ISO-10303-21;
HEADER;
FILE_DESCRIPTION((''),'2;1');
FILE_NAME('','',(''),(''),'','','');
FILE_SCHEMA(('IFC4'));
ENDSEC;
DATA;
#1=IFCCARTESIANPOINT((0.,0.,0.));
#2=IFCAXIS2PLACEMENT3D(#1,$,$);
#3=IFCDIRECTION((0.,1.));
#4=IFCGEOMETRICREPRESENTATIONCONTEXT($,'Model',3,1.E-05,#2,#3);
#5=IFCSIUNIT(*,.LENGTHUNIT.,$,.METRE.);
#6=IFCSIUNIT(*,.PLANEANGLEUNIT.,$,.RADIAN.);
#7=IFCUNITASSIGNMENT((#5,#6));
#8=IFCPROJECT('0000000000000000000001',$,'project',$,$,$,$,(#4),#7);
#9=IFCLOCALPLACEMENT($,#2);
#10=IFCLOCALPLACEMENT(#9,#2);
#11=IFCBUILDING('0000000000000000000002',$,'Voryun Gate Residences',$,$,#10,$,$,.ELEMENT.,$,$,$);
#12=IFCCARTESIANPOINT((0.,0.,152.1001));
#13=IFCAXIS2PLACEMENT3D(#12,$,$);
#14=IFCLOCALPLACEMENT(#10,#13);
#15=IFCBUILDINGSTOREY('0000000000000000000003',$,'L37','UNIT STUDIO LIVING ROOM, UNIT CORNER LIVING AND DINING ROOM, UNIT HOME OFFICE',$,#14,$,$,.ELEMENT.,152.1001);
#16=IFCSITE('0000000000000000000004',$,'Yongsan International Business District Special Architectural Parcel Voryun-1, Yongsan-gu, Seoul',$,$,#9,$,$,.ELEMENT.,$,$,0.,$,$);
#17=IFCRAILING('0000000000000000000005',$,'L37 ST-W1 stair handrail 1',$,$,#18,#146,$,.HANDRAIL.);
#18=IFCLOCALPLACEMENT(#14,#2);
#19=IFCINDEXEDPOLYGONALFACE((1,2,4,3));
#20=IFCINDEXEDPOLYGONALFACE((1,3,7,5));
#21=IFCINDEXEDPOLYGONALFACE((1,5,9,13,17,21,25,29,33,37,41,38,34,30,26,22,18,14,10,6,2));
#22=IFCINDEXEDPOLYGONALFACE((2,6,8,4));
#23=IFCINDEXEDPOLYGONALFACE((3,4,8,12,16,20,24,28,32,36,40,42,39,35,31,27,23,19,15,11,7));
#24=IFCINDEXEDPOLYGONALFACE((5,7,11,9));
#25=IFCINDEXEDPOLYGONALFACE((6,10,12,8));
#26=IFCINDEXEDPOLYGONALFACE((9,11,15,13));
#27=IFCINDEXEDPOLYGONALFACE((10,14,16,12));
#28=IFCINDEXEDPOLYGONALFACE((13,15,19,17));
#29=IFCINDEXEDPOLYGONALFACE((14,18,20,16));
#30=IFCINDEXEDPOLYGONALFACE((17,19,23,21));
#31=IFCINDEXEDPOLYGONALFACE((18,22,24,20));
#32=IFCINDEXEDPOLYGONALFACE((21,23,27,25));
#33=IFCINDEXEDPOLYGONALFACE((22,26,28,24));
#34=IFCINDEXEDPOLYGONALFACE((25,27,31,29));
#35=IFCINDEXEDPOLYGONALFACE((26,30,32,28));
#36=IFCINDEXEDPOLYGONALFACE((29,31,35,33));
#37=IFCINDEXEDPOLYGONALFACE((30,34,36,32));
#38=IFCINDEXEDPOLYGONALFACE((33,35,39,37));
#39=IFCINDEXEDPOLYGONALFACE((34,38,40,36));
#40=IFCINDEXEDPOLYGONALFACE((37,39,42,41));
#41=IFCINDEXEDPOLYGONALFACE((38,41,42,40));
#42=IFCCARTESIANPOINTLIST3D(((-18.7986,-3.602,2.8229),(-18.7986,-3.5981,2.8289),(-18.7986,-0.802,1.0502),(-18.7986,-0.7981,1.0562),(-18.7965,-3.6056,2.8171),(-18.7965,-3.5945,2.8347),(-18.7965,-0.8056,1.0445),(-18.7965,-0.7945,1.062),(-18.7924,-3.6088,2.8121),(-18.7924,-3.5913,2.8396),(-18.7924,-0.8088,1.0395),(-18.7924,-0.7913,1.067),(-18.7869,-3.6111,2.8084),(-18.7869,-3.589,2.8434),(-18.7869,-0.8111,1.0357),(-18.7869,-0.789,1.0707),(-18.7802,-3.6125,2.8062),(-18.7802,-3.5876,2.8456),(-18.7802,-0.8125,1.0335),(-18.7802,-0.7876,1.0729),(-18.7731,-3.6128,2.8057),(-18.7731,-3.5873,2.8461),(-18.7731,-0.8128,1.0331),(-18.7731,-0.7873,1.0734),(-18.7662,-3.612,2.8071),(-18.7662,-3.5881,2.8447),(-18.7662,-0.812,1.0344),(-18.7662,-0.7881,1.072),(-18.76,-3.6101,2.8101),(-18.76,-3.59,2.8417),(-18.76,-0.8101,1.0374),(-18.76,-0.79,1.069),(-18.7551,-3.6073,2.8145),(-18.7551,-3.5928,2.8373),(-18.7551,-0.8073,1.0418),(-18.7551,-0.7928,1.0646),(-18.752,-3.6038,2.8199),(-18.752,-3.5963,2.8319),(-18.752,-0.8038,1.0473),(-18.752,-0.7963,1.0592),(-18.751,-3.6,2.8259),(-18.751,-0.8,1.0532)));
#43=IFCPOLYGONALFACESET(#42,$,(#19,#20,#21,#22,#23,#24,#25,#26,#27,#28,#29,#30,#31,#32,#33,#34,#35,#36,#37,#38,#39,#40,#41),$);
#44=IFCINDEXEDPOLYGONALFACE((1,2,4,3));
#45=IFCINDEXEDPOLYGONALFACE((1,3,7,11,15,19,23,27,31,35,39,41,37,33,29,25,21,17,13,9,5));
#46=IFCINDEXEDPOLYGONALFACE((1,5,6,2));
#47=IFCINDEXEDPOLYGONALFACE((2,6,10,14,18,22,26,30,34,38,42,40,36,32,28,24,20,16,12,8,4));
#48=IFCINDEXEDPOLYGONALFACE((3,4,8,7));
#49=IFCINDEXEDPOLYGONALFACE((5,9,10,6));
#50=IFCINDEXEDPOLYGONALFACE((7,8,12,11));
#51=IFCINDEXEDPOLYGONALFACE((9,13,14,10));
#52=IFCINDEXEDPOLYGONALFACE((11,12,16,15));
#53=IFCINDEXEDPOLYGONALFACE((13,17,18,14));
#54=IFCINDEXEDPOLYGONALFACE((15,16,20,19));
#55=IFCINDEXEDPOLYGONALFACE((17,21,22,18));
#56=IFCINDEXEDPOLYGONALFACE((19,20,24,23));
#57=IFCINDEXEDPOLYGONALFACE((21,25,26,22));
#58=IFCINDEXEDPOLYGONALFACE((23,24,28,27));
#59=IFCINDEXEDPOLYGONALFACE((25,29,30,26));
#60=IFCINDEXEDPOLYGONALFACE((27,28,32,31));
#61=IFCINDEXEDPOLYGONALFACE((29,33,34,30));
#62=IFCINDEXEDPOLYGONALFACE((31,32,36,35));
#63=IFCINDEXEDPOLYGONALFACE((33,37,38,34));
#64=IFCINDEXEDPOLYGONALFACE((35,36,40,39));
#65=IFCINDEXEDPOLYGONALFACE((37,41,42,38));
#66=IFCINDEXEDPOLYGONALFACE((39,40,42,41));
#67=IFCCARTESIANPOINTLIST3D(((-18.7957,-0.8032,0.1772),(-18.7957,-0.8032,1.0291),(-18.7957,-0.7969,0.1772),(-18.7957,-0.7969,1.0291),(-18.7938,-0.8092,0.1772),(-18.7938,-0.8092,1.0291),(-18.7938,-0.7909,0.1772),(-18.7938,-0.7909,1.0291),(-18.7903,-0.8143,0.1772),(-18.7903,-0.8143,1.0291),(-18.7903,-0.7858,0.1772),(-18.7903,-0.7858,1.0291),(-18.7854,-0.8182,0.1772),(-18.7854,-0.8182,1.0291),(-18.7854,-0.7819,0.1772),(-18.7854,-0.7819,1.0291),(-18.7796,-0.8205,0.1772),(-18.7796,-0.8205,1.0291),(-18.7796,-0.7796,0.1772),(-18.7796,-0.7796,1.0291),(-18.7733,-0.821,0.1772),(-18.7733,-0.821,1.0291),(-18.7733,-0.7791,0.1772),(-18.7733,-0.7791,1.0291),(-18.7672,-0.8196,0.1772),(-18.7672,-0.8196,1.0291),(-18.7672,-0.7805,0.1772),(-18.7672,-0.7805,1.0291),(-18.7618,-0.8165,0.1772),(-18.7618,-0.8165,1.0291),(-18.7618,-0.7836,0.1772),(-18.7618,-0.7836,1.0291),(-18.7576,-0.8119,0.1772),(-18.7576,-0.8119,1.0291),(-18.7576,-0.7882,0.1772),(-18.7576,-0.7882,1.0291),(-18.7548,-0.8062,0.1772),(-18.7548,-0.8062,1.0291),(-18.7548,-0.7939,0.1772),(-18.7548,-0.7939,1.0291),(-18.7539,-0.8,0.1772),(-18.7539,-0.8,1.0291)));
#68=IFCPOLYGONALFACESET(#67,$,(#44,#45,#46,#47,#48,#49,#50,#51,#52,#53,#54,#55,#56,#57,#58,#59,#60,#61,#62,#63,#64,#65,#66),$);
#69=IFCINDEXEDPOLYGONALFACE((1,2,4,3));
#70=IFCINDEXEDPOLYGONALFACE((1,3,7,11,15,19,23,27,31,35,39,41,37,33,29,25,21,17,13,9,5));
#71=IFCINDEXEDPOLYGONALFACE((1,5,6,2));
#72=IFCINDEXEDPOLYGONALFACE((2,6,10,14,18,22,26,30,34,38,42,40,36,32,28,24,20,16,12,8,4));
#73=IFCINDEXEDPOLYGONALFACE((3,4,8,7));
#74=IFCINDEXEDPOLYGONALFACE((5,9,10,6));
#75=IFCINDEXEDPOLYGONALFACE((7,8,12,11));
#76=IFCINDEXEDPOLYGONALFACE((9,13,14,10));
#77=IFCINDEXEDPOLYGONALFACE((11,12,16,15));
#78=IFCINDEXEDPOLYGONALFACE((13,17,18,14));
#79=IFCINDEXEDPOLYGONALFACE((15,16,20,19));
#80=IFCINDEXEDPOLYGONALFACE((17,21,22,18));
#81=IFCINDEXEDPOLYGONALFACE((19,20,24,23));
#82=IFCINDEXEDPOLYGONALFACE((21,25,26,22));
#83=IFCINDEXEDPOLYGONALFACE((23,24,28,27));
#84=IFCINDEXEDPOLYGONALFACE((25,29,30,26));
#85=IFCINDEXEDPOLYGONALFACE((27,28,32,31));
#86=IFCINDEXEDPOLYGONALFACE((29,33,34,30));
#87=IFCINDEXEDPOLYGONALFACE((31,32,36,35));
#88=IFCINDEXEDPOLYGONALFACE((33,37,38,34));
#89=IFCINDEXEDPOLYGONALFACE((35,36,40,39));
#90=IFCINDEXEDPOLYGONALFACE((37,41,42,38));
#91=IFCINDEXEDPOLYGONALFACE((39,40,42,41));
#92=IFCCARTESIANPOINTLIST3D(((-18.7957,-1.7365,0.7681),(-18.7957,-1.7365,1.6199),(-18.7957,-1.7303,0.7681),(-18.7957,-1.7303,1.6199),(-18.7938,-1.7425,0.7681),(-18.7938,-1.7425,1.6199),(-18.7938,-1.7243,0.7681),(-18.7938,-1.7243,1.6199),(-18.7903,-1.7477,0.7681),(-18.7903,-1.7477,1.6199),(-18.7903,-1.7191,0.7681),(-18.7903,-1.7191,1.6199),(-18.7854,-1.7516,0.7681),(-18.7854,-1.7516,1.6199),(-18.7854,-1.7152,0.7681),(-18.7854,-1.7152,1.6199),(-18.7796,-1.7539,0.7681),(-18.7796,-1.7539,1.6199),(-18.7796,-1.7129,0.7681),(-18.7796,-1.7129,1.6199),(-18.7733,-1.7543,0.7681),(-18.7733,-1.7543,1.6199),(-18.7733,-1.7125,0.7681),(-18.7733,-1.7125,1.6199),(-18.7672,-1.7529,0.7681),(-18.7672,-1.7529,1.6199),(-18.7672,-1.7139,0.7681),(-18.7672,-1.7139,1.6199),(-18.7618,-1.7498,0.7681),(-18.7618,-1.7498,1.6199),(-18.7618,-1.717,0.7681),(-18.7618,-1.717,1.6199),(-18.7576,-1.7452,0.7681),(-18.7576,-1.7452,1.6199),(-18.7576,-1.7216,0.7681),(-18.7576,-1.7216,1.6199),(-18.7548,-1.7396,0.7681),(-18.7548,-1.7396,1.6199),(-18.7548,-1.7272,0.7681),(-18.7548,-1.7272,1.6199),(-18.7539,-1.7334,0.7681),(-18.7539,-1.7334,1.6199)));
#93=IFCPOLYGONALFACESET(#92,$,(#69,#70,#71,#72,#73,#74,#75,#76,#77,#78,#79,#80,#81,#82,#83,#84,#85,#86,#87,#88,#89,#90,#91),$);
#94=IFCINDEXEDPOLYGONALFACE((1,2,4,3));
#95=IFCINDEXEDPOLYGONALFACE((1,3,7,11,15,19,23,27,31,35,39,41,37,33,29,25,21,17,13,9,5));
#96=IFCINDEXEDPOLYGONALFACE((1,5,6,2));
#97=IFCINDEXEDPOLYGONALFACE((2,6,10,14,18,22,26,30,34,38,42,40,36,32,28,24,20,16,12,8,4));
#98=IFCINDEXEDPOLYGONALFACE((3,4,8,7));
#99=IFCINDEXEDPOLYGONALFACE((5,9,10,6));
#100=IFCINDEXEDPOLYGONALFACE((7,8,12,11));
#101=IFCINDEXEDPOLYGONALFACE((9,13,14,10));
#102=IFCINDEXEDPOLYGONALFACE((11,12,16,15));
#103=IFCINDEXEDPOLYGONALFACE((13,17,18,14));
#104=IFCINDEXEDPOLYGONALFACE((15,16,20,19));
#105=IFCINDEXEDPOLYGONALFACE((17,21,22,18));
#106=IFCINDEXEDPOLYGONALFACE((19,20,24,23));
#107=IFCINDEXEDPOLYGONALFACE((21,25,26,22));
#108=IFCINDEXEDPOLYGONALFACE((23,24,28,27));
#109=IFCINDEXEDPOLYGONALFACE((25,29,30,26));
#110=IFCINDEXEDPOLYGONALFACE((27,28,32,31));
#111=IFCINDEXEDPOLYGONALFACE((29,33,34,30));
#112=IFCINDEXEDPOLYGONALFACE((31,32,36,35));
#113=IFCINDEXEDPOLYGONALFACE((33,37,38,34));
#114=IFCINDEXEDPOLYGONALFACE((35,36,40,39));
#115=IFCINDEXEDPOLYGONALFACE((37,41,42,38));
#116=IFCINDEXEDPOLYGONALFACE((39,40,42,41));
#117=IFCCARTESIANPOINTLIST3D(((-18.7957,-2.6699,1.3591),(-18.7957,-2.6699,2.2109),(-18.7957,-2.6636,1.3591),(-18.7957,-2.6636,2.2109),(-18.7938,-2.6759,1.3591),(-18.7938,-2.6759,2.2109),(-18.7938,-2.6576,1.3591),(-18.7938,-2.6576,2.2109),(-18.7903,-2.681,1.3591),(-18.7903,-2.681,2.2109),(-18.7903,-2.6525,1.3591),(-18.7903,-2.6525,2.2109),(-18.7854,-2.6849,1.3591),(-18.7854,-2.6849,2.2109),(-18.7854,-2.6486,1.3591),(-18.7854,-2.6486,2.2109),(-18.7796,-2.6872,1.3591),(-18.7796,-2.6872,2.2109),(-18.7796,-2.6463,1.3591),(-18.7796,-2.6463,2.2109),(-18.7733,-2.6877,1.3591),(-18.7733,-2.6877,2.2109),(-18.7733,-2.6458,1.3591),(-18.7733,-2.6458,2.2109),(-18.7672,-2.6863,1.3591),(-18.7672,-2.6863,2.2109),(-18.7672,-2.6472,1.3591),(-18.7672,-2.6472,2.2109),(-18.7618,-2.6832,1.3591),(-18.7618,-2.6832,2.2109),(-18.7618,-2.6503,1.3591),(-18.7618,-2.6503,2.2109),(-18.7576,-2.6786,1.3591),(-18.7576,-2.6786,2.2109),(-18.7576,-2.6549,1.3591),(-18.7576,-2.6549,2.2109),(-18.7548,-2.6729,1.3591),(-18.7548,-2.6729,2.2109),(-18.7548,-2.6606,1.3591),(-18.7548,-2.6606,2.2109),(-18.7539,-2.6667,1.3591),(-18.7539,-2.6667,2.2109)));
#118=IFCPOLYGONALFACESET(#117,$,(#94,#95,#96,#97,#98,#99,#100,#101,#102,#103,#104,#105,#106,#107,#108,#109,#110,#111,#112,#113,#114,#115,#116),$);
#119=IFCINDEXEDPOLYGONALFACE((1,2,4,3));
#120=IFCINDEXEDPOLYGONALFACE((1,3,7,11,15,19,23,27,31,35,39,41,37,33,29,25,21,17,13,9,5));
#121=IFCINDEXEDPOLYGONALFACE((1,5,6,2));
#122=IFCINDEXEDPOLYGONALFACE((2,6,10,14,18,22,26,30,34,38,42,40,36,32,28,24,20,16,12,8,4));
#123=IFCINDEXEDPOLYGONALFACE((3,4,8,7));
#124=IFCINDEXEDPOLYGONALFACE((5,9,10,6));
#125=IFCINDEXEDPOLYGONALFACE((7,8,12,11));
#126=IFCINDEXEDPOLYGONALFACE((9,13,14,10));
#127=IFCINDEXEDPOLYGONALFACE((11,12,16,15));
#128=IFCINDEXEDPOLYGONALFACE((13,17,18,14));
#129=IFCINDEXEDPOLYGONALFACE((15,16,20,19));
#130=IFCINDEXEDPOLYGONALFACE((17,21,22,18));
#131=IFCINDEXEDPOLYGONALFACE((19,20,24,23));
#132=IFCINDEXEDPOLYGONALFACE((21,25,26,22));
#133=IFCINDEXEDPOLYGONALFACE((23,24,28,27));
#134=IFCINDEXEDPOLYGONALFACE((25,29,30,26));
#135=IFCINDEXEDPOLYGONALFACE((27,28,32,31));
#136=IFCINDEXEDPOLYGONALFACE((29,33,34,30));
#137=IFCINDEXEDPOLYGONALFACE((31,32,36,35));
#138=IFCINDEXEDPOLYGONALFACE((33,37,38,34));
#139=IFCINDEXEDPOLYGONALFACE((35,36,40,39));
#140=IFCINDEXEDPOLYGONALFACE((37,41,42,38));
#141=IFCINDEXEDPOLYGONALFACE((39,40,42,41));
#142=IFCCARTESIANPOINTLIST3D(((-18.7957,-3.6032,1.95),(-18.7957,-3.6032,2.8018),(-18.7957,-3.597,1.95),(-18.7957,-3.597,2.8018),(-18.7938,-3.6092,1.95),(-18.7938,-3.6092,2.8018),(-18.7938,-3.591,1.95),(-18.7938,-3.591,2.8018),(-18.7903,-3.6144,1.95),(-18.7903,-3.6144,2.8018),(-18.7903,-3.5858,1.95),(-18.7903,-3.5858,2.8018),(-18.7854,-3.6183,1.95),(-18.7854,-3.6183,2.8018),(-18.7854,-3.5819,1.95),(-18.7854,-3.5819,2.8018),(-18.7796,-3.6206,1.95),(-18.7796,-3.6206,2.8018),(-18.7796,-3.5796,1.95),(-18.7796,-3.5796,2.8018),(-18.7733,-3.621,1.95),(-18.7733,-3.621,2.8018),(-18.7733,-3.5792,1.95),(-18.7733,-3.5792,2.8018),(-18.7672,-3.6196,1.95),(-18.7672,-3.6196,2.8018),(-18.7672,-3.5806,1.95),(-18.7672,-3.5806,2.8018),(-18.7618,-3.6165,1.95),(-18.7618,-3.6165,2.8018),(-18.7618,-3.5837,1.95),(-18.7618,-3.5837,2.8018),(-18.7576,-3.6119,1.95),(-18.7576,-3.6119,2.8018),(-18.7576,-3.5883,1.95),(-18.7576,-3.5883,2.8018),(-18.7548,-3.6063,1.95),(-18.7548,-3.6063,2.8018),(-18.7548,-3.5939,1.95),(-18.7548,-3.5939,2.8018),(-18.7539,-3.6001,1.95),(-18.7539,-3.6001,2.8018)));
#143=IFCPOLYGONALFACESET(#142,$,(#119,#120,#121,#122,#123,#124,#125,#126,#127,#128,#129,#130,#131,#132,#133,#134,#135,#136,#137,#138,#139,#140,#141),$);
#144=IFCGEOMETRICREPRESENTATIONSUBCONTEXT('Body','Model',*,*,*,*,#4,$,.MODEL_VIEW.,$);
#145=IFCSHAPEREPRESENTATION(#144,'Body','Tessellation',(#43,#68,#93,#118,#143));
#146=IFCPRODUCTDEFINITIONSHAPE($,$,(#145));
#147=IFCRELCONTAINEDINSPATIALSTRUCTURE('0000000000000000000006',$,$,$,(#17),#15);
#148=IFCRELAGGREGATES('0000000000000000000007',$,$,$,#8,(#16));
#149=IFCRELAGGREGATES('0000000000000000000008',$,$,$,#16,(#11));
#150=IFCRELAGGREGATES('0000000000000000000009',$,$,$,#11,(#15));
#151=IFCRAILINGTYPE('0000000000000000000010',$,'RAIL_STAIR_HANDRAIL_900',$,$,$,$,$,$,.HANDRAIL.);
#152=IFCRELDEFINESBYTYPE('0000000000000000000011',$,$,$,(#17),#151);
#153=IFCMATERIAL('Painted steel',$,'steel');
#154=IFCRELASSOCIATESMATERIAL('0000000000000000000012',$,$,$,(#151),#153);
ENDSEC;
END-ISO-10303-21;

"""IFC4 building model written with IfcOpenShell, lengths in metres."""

from ifc_helpers import new_model, si_unit, direction, frame, origin, origin_2d, place, context, subcontext, project, spatial, circle, extrude, material, type_object, element, save


model = new_model("IFC4")

# Units and contexts
model_context = context("Model", 3, precision=1e-05, world=origin(), true_north=direction((0.0, 1.0)))
body_context = subcontext(model_context, "Body", "Model", "MODEL_VIEW")
ifc_project = project(units=[si_unit("LENGTHUNIT", "METRE"), si_unit("PLANEANGLEUNIT", "RADIAN")], contexts=[model_context])

# Site, building, storey
site_placement = place(None, origin())
site = spatial("IfcSite", under=ifc_project, at=site_placement, Name="Yongsan International Business District Special Architectural Parcel Voryun-1, Yongsan-gu, Seoul", CompositionType="ELEMENT", RefElevation=0.0)
building_placement = place(site_placement, origin())
building = spatial("IfcBuilding", under=site, at=building_placement, Name="Voryun Gate Residences", CompositionType="ELEMENT")
storey_placement = place(building_placement, frame((0.0, 0.0, 152.1001)))
storey = spatial("IfcBuildingStorey", under=building, at=storey_placement, Name="L37", Description="UNIT STUDIO LIVING ROOM, UNIT CORNER LIVING AND DINING ROOM, UNIT HOME OFFICE", CompositionType="ELEMENT", Elevation=152.1001)

# Railing
ifc_material_1 = material(Name="Painted steel", Category="steel")
railing_type_1 = type_object("IfcRailingType", Name="RAIL_STAIR_HANDRAIL_900", PredefinedType="HANDRAIL", material=ifc_material_1)
railing_1_placement = place(storey_placement, frame((-18.7749, -0.8, 0.1772)))
element("IfcRailing", 1, at=railing_1_placement, inside=storey, type_object=railing_type_1, Name="L37 ST-W1 stair handrail 1", PredefinedType="HANDRAIL", context=body_context, shape_type="SweptSolid", body=[
    extrude(circle(Radius=0.0239, at=origin_2d()), frame((0.0, 0.0, 0.876), z_axis=(0.0, -0.844909, 0.53491), x_axis=(1.0, 0.0, 0.0)), (0.0, 0.0, 1.0), 3.314),
    extrude(circle(Radius=0.021, at=origin_2d()), origin(), (0.0, 0.0, 1.0), 0.8518),
    extrude(circle(Radius=0.021, at=origin_2d()), frame((0.0, -0.9333, 0.5908)), (0.0, 0.0, 1.0), 0.8518),
    extrude(circle(Radius=0.021, at=origin_2d()), frame((0.0, -1.8667, 1.1819)), (0.0, 0.0, 1.0), 0.8518),
    extrude(circle(Radius=0.021, at=origin_2d()), frame((0.0, -2.8, 1.7727)), (0.0, 0.0, 1.0), 0.8518),
])

save(model, "model.ifc")
